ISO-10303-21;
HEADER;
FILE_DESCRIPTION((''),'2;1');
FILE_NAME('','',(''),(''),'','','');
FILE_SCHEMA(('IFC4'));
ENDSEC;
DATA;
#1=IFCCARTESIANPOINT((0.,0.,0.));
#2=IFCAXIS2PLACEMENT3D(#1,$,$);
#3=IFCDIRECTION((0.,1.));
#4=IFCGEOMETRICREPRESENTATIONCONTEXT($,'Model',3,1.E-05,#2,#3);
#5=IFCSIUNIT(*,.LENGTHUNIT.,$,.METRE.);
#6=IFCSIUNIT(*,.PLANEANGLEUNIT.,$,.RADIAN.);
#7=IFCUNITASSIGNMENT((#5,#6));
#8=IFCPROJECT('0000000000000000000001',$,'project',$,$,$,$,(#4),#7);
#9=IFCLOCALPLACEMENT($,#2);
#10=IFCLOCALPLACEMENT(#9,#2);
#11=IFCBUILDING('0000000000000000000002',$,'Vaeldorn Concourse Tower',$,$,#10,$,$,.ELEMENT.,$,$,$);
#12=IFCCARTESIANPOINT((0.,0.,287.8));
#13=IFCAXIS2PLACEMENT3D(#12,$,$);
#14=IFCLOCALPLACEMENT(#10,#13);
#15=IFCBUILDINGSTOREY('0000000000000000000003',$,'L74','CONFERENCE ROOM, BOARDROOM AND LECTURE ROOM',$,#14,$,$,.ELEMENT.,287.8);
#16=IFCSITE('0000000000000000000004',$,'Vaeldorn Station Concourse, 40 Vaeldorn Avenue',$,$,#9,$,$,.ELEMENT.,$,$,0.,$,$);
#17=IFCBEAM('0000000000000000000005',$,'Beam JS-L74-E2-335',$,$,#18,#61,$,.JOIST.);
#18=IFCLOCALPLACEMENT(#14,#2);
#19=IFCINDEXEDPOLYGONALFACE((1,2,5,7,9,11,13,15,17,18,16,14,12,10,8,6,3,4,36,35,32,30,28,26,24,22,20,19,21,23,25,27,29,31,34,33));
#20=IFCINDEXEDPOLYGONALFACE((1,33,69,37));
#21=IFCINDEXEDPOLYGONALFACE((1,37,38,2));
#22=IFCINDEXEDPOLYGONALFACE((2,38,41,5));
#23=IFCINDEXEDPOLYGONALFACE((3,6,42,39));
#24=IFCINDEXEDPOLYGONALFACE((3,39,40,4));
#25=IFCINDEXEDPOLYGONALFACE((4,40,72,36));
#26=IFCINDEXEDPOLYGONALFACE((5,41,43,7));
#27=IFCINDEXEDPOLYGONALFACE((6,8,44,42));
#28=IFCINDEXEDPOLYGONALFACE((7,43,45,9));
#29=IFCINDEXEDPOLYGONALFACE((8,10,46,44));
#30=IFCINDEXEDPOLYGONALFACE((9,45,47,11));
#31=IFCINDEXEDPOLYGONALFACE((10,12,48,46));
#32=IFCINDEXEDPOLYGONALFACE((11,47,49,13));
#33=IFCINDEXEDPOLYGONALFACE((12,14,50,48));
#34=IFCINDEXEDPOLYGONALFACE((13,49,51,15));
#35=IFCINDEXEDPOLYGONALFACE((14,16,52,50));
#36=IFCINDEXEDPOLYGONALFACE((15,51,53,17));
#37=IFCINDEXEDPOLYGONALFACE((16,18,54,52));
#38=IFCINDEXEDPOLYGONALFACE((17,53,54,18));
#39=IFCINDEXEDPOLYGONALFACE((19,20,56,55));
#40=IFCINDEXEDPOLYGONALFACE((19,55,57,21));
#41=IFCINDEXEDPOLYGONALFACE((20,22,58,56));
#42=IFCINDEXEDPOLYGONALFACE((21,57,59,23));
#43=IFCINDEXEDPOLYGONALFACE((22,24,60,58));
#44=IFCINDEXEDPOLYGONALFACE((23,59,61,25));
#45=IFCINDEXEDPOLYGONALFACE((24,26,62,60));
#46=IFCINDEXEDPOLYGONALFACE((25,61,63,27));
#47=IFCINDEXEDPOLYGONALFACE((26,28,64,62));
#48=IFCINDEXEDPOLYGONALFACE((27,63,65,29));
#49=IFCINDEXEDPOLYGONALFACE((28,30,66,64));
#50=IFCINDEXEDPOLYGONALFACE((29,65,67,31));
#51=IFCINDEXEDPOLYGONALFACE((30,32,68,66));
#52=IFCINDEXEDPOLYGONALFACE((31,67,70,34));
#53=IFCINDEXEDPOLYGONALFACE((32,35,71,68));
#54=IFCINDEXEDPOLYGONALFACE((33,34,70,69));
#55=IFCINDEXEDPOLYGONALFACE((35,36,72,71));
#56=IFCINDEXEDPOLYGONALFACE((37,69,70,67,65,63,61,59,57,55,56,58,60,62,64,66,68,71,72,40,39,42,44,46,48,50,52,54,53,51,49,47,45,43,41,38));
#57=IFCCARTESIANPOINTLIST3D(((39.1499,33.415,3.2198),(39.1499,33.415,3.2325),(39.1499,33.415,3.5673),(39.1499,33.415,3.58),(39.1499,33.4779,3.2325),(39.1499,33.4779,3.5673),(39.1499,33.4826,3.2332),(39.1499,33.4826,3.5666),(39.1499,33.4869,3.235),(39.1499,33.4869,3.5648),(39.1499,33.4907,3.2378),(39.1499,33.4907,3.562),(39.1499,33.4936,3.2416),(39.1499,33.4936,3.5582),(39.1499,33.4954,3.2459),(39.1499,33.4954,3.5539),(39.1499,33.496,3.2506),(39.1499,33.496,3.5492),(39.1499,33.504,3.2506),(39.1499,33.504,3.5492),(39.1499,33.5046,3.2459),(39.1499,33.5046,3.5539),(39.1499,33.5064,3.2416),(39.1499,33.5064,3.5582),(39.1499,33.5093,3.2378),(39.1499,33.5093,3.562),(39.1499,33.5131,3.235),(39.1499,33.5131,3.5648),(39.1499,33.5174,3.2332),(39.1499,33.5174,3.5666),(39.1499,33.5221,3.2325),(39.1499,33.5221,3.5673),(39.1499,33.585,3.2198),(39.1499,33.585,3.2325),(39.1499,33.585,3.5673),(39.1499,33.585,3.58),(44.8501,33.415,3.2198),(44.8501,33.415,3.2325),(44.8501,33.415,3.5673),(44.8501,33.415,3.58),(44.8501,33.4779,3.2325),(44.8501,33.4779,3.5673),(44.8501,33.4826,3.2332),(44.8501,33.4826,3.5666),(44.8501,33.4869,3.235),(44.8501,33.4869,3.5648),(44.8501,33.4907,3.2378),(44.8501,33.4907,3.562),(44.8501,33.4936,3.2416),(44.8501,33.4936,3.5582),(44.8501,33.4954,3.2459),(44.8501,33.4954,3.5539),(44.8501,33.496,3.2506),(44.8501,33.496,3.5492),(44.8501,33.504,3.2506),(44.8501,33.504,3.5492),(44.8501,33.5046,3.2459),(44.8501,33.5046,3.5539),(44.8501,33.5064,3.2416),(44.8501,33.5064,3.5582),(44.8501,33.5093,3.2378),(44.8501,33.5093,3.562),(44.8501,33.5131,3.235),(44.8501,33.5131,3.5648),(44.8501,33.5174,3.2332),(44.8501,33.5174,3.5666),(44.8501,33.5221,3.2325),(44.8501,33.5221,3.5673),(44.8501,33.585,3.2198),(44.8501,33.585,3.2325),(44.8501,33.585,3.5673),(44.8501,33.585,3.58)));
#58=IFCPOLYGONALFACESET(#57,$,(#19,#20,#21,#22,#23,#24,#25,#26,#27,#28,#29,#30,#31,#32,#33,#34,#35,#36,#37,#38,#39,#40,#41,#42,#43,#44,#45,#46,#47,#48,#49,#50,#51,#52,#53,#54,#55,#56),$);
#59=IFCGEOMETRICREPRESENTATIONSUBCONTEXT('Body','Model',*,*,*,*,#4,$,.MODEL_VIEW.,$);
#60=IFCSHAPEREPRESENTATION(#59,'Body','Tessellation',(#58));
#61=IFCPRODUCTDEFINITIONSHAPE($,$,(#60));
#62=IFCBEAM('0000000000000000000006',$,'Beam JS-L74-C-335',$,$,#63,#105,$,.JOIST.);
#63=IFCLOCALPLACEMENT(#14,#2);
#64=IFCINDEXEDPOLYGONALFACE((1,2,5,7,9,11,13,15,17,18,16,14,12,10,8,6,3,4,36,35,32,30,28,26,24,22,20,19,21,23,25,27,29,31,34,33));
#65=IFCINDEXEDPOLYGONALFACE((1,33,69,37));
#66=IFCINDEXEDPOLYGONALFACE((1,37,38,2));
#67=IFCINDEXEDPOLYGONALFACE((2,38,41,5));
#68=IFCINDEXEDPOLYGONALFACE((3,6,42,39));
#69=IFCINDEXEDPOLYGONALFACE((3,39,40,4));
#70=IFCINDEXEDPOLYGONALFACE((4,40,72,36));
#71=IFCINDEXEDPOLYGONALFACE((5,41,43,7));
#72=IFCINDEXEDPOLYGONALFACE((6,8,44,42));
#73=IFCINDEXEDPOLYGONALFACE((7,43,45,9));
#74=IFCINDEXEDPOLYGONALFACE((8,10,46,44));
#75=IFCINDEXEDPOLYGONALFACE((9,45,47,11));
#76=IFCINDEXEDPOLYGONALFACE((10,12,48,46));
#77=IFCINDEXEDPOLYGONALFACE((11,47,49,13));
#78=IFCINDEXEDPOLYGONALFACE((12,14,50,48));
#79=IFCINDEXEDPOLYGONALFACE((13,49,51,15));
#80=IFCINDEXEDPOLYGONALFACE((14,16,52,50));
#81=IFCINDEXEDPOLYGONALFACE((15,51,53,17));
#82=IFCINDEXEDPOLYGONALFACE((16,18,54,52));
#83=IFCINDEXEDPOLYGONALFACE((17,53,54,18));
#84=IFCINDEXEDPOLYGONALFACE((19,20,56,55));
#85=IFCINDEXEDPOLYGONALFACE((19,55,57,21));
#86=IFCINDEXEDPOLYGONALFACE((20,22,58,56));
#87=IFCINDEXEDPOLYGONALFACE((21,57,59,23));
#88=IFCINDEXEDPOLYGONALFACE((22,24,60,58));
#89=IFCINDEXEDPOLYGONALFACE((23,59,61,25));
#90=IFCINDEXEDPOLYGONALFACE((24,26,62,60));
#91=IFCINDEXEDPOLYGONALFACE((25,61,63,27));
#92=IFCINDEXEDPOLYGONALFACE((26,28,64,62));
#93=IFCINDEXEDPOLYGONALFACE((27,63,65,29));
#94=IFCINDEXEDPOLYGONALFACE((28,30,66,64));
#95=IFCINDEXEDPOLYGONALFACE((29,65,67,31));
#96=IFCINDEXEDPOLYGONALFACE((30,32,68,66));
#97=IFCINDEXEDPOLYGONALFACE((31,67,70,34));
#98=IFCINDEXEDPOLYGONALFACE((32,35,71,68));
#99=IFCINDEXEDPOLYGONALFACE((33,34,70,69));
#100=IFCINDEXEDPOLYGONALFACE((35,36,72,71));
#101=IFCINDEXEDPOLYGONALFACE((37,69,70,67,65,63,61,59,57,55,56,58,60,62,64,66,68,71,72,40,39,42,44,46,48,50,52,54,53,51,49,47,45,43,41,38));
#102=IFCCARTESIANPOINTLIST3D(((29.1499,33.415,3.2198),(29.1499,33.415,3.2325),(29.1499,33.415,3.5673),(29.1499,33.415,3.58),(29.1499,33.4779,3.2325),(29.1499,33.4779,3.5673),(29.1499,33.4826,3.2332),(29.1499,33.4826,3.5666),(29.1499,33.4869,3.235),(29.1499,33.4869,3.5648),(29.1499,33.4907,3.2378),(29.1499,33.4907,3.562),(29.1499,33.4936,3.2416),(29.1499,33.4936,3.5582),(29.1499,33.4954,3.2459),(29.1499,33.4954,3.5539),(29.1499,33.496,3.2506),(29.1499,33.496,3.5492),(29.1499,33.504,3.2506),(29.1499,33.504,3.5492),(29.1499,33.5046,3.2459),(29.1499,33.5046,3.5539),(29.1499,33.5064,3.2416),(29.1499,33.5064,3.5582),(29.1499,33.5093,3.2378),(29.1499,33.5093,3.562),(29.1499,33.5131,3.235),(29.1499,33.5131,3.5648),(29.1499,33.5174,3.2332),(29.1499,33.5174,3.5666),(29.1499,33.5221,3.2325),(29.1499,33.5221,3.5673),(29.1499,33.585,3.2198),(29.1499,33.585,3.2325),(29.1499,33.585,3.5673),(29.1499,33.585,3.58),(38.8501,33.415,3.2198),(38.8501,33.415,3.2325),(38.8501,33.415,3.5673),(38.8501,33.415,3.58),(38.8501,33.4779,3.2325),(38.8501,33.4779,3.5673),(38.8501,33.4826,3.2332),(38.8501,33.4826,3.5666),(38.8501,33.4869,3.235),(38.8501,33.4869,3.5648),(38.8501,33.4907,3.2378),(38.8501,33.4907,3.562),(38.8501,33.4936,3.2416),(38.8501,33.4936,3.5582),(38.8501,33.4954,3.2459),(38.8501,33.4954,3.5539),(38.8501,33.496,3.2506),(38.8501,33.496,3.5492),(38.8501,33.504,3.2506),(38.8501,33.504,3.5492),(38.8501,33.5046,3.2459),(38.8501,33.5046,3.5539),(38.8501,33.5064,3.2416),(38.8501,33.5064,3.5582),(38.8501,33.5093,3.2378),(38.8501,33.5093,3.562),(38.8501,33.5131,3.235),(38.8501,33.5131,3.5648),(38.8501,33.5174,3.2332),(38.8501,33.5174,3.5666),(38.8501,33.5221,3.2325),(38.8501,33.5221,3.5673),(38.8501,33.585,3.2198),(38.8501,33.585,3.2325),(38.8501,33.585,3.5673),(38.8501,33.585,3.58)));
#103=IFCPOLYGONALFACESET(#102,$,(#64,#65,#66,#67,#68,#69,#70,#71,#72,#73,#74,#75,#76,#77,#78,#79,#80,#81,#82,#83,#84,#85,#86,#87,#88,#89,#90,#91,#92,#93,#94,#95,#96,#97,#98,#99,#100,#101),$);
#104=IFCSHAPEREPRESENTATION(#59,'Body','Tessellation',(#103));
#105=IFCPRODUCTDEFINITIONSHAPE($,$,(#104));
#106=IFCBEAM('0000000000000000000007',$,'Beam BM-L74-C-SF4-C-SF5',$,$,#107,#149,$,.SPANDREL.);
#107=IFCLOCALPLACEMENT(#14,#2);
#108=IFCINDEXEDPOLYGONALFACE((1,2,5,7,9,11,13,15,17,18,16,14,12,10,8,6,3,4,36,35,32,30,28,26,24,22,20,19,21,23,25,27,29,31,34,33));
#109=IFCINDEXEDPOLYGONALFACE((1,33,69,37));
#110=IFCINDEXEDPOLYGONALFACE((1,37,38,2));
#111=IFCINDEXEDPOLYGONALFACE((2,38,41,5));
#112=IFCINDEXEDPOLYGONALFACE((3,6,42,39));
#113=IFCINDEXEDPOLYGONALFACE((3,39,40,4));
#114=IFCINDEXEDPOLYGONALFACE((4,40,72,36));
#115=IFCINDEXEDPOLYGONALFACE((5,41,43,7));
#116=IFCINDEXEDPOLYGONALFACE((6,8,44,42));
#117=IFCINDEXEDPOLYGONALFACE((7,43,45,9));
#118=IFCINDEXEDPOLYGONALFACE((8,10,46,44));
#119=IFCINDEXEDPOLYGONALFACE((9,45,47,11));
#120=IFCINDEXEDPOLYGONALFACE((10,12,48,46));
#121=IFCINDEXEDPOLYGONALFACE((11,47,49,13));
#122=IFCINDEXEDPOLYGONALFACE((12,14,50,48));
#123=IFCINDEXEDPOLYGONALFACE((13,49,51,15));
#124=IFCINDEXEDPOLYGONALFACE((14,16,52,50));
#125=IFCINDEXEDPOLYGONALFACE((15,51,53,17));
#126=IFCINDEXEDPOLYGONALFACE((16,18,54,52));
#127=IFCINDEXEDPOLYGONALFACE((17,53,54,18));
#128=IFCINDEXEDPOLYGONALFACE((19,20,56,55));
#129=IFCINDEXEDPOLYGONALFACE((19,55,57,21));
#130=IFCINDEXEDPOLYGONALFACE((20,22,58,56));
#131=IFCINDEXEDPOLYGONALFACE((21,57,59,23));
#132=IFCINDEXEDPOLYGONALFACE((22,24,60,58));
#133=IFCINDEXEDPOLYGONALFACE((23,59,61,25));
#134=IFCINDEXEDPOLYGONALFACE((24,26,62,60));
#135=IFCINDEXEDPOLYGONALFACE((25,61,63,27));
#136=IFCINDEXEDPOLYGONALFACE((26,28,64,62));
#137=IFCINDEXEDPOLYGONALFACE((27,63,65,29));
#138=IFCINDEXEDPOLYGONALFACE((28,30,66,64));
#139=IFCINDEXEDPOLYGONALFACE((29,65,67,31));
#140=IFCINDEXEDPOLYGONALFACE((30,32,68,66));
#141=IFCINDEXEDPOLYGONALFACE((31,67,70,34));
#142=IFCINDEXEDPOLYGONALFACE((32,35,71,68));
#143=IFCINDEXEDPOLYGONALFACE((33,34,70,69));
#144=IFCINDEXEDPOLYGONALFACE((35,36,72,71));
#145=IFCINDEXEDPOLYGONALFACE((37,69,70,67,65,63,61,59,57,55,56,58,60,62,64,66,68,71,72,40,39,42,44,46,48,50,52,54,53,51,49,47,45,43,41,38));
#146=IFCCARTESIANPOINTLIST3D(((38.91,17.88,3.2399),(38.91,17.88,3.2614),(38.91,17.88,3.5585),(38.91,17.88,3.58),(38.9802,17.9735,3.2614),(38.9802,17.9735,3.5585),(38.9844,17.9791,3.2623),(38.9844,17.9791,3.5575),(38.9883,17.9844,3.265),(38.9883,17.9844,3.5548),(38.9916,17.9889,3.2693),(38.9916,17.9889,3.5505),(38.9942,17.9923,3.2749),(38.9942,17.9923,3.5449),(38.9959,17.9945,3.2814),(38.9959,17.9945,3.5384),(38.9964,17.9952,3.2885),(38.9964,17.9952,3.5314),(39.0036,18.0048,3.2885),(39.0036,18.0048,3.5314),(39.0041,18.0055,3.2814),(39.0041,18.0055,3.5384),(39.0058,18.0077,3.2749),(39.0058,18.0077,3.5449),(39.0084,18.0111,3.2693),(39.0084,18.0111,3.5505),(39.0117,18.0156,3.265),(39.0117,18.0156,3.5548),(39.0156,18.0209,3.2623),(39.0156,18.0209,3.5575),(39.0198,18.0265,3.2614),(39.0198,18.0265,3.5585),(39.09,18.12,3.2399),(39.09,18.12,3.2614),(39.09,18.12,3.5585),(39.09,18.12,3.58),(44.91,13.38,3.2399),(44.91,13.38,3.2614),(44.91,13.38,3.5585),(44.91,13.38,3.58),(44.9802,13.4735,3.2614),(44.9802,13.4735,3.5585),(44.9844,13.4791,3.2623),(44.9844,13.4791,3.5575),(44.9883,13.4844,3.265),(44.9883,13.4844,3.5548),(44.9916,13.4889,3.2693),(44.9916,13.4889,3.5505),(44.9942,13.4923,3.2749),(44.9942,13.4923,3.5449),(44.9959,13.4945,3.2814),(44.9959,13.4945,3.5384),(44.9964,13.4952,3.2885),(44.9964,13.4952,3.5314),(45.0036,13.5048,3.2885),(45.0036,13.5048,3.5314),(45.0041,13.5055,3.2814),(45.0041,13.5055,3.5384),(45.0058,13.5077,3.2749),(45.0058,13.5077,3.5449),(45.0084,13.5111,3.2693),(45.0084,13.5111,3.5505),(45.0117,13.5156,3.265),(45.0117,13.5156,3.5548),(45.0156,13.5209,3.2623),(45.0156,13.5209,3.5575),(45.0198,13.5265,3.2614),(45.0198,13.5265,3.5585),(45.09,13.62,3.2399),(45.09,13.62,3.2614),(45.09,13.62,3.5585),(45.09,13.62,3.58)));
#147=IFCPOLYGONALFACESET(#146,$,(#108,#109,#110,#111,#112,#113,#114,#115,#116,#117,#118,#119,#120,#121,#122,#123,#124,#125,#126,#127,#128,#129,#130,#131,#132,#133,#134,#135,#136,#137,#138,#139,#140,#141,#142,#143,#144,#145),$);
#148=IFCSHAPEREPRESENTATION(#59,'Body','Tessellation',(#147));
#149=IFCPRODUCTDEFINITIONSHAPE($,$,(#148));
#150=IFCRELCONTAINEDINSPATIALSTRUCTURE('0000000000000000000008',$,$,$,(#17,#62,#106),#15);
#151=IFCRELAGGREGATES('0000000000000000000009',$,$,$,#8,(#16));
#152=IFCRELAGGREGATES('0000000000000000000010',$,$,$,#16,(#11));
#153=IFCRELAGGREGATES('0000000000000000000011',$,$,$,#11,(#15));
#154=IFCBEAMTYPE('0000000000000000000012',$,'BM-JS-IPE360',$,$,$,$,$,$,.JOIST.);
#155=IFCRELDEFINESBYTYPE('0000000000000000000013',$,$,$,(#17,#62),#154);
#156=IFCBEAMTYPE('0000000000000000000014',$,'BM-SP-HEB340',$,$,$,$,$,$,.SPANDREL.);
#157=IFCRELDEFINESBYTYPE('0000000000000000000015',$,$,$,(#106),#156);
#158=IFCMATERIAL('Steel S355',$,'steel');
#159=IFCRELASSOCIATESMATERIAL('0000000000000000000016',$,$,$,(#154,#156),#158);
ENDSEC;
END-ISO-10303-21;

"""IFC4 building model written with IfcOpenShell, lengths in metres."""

from ifc_helpers import new_model, si_unit, direction, frame, origin, origin_2d, place, context, subcontext, project, spatial, i_section, extrude, source, transform, mapped, material, material_profile, profile_set, type_object, element, save


model = new_model("IFC4")

# Units and contexts
model_context = context("Model", 3, precision=1e-05, world=origin(), true_north=direction((0.0, 1.0)))
body_context = subcontext(model_context, "Body", "Model", "MODEL_VIEW")
ifc_project = project(units=[si_unit("LENGTHUNIT", "METRE"), si_unit("PLANEANGLEUNIT", "RADIAN")], contexts=[model_context])

# Site, building, storey
site_placement = place(None, origin())
site = spatial("IfcSite", under=ifc_project, at=site_placement, Name="Vaeldorn Station Concourse, 40 Vaeldorn Avenue", CompositionType="ELEMENT", RefElevation=0.0)
building_placement = place(site_placement, origin())
building = spatial("IfcBuilding", under=site, at=building_placement, Name="Vaeldorn Concourse Tower", CompositionType="ELEMENT")
storey_placement = place(building_placement, frame((0.0, 0.0, 287.8)))
storey = spatial("IfcBuildingStorey", under=building, at=storey_placement, Name="L74", Description="CONFERENCE ROOM, BOARDROOM AND LECTURE ROOM", CompositionType="ELEMENT", Elevation=287.8)

# Shared definitions
ifc_material_1 = material(Name="Steel S355", Category="steel")

# Beams
ifc_material_profile_1 = material_profile(ifc_material_1, i_section(OverallWidth=0.1699, OverallDepth=0.3601, WebThickness=0.0081, FlangeThickness=0.0127, FilletRadius=0.0181, at=origin_2d()), Name="IPE 360")
ifc_profile_set_1 = profile_set([ifc_material_profile_1], Name="Steel S355")
beam_type_1 = type_object("IfcBeamType", Name="BM-JS-IPE360", PredefinedType="JOIST", material=ifc_profile_set_1)
shared_shape_1 = source(origin(), body_context, "Body", "SweptSolid", [
    extrude(i_section(OverallWidth=0.1699, OverallDepth=0.3601, WebThickness=0.0081, FlangeThickness=0.0127, FilletRadius=0.0181, at=origin_2d()), origin(), (0.0, 0.0, 1.0), 5.7002),
])
for number, where, z_axis, x_axis, name in (
    (1, (39.1499, 33.5, 3.3999), (1.0, 0.0, 0.0), (0.0, 1.0, 0.0), "Beam JS-L74-E2-335"),
):
    element("IfcBeam", number, at=place(storey_placement, frame(where, z_axis=z_axis, x_axis=x_axis)), inside=storey, type_object=beam_type_1, Name=name, PredefinedType="JOIST", context=body_context, shape_type="MappedRepresentation", body=[
        mapped(shared_shape_1, transform((0.0, 0.0, 0.0), scale=1.0)),
    ])
shared_shape_2 = source(origin(), body_context, "Body", "SweptSolid", [
    extrude(i_section(OverallWidth=0.1699, OverallDepth=0.3601, WebThickness=0.0081, FlangeThickness=0.0127, FilletRadius=0.0181, at=origin_2d()), origin(), (0.0, 0.0, 1.0), 9.7002),
])
beam_1_placement = place(storey_placement, frame((29.1499, 33.5, 3.3999), z_axis=(1.0, 0.0, 0.0), x_axis=(0.0, 1.0, 0.0)))
element("IfcBeam", 2, at=beam_1_placement, inside=storey, type_object=beam_type_1, Name="Beam JS-L74-C-335", PredefinedType="JOIST", context=body_context, shape_type="MappedRepresentation", body=[
    mapped(shared_shape_2, transform((0.0, 0.0, 0.0), scale=1.0)),
])
ifc_material_profile_2 = material_profile(ifc_material_1, i_section(OverallWidth=0.3, OverallDepth=0.3401, WebThickness=0.012, FlangeThickness=0.0215, FilletRadius=0.0271, at=origin_2d()), Name="HEB 340")
ifc_profile_set_2 = profile_set([ifc_material_profile_2], Name="Steel S355")
beam_type_2 = type_object("IfcBeamType", Name="BM-SP-HEB340", PredefinedType="SPANDREL", material=ifc_profile_set_2)
shared_shape_3 = source(origin(), body_context, "Body", "SweptSolid", [
    extrude(i_section(OverallWidth=0.3, OverallDepth=0.3401, WebThickness=0.012, FlangeThickness=0.0215, FilletRadius=0.0271, at=origin_2d()), origin(), (0.0, 0.0, 1.0), 7.5),
])
beam_2_placement = place(storey_placement, frame((39.0, 18.0, 3.4099), z_axis=(0.8, -0.6, 0.0), x_axis=(0.6, 0.8, 0.0)))
element("IfcBeam", 3, at=beam_2_placement, inside=storey, type_object=beam_type_2, Name="Beam BM-L74-C-SF4-C-SF5", PredefinedType="SPANDREL", context=body_context, shape_type="MappedRepresentation", body=[
    mapped(shared_shape_3, transform((0.0, 0.0, 0.0), scale=1.0)),
])

save(model, "model.ifc")
